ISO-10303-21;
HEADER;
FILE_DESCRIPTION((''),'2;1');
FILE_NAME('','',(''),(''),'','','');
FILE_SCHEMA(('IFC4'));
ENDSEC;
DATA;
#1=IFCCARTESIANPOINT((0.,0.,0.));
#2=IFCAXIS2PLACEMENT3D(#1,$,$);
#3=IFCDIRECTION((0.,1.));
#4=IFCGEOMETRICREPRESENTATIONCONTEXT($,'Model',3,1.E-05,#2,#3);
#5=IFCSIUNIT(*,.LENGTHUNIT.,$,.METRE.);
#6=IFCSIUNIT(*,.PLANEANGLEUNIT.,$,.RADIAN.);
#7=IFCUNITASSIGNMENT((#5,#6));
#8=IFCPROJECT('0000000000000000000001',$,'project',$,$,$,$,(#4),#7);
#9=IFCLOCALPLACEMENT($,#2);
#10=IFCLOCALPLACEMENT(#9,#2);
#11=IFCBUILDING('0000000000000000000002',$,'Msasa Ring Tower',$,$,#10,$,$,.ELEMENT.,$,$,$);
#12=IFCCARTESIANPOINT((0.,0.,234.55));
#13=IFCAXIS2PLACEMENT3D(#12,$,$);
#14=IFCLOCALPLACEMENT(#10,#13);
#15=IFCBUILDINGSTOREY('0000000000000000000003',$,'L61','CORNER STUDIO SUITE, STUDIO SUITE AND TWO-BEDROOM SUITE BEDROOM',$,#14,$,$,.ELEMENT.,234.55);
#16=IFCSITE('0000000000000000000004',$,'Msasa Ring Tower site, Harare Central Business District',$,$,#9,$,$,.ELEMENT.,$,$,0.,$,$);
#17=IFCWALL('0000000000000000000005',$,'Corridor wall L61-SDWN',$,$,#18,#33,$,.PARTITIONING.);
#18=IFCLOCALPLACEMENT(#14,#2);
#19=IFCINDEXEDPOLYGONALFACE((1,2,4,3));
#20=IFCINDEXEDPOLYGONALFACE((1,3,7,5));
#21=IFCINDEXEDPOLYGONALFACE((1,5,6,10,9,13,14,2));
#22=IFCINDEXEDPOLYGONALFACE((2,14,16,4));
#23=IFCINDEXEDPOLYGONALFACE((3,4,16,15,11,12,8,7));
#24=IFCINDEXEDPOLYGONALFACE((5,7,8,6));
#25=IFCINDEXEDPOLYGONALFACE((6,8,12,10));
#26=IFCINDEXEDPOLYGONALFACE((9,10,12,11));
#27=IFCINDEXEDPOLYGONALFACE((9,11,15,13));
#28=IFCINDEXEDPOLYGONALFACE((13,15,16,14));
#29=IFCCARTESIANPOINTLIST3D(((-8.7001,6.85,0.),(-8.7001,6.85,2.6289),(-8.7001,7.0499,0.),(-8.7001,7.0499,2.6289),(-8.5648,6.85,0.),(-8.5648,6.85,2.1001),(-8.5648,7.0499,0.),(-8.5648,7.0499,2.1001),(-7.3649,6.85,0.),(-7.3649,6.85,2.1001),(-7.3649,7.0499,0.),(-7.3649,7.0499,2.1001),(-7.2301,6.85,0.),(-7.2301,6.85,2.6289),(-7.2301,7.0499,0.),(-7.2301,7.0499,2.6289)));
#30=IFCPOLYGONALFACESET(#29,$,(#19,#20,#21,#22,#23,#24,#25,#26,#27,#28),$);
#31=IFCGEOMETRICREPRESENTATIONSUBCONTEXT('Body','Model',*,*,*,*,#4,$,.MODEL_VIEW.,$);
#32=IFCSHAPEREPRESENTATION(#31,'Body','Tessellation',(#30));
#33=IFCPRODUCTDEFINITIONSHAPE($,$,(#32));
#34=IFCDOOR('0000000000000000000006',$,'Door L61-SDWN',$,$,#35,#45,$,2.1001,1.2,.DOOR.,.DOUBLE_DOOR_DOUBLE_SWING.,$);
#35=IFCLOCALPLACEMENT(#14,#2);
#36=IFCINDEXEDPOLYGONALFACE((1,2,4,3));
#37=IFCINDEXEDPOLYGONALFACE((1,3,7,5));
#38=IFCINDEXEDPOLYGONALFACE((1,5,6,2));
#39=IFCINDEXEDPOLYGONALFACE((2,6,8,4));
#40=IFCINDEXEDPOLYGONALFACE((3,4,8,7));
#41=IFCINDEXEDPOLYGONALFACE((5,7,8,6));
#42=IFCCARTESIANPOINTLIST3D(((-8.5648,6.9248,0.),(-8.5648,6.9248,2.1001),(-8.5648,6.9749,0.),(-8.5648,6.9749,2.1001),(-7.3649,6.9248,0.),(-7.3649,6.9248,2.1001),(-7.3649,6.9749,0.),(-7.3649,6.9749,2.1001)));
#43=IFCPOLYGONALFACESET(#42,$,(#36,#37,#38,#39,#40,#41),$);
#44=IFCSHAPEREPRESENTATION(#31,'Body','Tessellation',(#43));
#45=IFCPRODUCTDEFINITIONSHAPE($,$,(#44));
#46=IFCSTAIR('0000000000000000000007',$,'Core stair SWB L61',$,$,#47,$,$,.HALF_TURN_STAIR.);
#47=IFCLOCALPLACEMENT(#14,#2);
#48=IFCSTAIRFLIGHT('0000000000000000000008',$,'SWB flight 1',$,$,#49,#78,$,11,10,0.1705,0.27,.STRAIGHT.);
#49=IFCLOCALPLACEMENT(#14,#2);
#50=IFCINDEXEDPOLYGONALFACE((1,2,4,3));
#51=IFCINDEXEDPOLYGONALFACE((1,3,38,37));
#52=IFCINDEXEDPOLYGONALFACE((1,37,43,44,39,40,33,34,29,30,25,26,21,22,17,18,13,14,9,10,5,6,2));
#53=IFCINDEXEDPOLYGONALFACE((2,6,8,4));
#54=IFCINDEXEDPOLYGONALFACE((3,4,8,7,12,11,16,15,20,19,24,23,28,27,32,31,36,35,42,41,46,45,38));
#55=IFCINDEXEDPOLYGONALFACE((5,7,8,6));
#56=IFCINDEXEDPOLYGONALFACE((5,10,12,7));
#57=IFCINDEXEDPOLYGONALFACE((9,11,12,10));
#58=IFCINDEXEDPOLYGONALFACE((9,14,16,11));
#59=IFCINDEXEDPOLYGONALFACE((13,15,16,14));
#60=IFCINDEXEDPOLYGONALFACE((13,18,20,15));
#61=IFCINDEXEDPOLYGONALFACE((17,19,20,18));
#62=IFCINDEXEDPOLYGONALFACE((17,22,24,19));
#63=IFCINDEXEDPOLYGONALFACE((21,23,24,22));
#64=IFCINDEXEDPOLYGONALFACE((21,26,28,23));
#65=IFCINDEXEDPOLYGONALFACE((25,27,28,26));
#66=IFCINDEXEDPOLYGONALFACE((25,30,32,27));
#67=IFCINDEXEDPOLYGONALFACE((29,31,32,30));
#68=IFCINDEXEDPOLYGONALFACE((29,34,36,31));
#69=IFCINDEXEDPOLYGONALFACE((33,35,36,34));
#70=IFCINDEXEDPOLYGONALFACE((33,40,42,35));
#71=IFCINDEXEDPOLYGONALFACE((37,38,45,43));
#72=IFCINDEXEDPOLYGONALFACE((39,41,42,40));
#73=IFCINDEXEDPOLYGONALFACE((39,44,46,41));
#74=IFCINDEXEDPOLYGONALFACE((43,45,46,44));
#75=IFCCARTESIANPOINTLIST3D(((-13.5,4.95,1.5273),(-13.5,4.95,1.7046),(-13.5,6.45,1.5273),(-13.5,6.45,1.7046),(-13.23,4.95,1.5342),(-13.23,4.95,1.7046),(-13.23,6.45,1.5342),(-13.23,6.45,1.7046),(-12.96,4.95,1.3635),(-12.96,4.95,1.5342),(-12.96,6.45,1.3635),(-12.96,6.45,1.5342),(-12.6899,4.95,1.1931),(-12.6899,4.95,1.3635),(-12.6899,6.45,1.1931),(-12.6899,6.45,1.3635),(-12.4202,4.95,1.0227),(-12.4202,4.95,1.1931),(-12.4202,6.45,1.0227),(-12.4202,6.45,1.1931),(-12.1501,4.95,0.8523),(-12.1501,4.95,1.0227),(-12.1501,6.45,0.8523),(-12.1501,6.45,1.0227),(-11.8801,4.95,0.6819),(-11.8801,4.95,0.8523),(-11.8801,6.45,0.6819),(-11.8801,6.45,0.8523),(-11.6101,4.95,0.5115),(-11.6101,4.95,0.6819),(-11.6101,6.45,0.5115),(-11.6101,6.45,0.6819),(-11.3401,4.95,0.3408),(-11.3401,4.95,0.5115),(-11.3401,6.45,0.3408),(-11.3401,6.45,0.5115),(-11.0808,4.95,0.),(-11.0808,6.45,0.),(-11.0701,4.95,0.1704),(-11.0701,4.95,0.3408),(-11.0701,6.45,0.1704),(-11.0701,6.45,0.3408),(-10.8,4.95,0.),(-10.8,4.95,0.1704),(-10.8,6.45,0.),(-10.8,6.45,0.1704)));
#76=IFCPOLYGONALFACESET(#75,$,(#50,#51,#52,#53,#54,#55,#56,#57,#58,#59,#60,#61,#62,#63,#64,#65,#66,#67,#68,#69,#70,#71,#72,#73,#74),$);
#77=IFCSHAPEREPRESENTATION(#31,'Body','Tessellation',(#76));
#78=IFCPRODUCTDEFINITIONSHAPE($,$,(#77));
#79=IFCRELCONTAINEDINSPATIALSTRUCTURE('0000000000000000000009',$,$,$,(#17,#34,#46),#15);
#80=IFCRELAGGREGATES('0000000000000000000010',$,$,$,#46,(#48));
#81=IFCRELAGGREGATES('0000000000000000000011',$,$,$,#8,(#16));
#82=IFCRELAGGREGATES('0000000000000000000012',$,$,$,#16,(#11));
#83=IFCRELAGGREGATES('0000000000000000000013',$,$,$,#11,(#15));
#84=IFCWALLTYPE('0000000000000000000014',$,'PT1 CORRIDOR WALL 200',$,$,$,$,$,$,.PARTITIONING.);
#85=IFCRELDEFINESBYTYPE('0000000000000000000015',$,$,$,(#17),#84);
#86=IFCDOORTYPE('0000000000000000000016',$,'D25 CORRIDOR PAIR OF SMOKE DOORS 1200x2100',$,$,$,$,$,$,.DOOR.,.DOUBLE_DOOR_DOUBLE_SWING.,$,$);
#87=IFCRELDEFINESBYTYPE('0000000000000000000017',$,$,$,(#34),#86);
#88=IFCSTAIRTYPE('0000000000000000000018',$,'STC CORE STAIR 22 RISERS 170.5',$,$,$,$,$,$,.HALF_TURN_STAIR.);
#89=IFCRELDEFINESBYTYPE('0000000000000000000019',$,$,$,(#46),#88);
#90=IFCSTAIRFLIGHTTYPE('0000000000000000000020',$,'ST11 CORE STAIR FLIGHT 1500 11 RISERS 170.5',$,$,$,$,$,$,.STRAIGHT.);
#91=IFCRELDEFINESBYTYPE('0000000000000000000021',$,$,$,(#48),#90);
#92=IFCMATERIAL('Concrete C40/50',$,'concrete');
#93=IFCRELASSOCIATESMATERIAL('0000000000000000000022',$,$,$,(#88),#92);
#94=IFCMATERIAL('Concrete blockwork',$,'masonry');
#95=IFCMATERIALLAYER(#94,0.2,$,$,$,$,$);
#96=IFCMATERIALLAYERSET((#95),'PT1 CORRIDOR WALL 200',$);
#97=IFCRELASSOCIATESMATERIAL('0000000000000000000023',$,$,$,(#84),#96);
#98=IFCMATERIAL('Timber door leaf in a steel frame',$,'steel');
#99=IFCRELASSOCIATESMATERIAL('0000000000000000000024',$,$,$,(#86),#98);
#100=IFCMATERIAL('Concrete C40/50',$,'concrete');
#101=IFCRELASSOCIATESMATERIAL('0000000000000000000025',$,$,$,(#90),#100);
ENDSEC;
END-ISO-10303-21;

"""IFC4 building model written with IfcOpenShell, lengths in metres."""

from ifc_helpers import new_model, si_unit, direction, frame, frame_2d, origin, place, context, subcontext, project, spatial, polyline, rectangle, outline, extrude, material, layer, layer_set, type_object, element, fill, aggregate, save


model = new_model("IFC4")

# Units and contexts
model_context = context("Model", 3, precision=1e-05, world=origin(), true_north=direction((0.0, 1.0)))
body_context = subcontext(model_context, "Body", "Model", "MODEL_VIEW")
ifc_project = project(units=[si_unit("LENGTHUNIT", "METRE"), si_unit("PLANEANGLEUNIT", "RADIAN")], contexts=[model_context])

# Site, building, storey
site_placement = place(None, origin())
site = spatial("IfcSite", under=ifc_project, at=site_placement, Name="Msasa Ring Tower site, Harare Central Business District", CompositionType="ELEMENT", RefElevation=0.0)
building_placement = place(site_placement, origin())
building = spatial("IfcBuilding", under=site, at=building_placement, Name="Msasa Ring Tower", CompositionType="ELEMENT")
storey_placement = place(building_placement, frame((0.0, 0.0, 234.55)))
storey = spatial("IfcBuildingStorey", under=building, at=storey_placement, Name="L61", Description="CORNER STUDIO SUITE, STUDIO SUITE AND TWO-BEDROOM SUITE BEDROOM", CompositionType="ELEMENT", Elevation=234.55)

# Shared definitions
ifc_material_1 = material(Name="Concrete C40/50", Category="concrete")
stair_type = type_object("IfcStairType", Name="STC CORE STAIR 22 RISERS 170.5", PredefinedType="HALF_TURN_STAIR", material=ifc_material_1)

# Wall, opening, door
ifc_material_2 = material(Name="Concrete blockwork", Category="masonry")
ifc_layer_1 = layer(ifc_material_2, 0.2)
ifc_layer_set_1 = layer_set([ifc_layer_1], Name="PT1 CORRIDOR WALL 200")
wall_type_1 = type_object("IfcWallType", Name="PT1 CORRIDOR WALL 200", PredefinedType="PARTITIONING", material=ifc_layer_set_1)
wall_1_placement = place(storey_placement, frame((-8.7, 6.95, 0.0), z_axis=(0.0, 0.0, 1.0), x_axis=(1.0, 0.0, 0.0)))
wall_1 = element("IfcWall", 1, at=wall_1_placement, inside=storey, type_object=wall_type_1, Name="Corridor wall L61-SDWN", PredefinedType="PARTITIONING", context=body_context, shape_type="SweptSolid", body=[
    extrude(rectangle(XDim=1.47, YDim=0.2, at=frame_2d((0.7349, 0.0))), origin(), (0.0, 0.0, 1.0), 2.6289),
])
opening_placement = place(wall_1_placement, frame((0.135, 0.0, 0.0)))
opening = element("IfcOpeningElement", 2, at=opening_placement, cuts=wall_1, PredefinedType="OPENING", context=body_context, shape_type="SweptSolid", body=[
    extrude(rectangle(XDim=1.2, YDim=2.1001, at=frame_2d((0.6001, 1.05))), frame((0.0, 0.1099, 0.0), z_axis=(0.0, -1.0, 0.0), x_axis=(1.0, 0.0, 0.0)), (0.0, 0.0, 1.0), 0.22),
])
ifc_material_3 = material(Name="Timber door leaf in a steel frame", Category="steel")
door_type = type_object("IfcDoorType", Name="D25 CORRIDOR PAIR OF SMOKE DOORS 1200x2100", OperationType="DOUBLE_DOOR_DOUBLE_SWING", PredefinedType="DOOR", material=ifc_material_3)
door_placement = place(opening_placement, origin())
door = element("IfcDoor", 3, at=door_placement, inside=storey, type_object=door_type, Name="Door L61-SDWN", OperationType="DOUBLE_DOOR_DOUBLE_SWING", OverallHeight=2.1001, OverallWidth=1.2, PredefinedType="DOOR", context=body_context, shape_type="SweptSolid", body=[
    extrude(rectangle(XDim=1.2, YDim=2.1001, at=frame_2d((0.6001, 1.05))), frame((0.0, 0.0249, 0.0), z_axis=(0.0, -1.0, 0.0), x_axis=(1.0, 0.0, 0.0)), (0.0, 0.0, 1.0), 0.05),
])
fill(opening, door)

# Stair, stair flight
stair_1_placement = place(storey_placement, origin())
stair_1 = element("IfcStair", 4, at=stair_1_placement, inside=storey, type_object=stair_type, Name="Core stair SWB L61", PredefinedType="HALF_TURN_STAIR")
ifc_material_4 = material(Name="Concrete C40/50", Category="concrete")
stair_flight_type = type_object("IfcStairFlightType", Name="ST11 CORE STAIR FLIGHT 1500 11 RISERS 170.5", PredefinedType="STRAIGHT", material=ifc_material_4)
stair_flight_placement = place(storey_placement, frame((-10.8, 5.7, 0.0), z_axis=(0.0, 0.0, 1.0), x_axis=(-1.0, 0.0, 0.0)))
stair_flight = element("IfcStairFlight", 5, at=stair_flight_placement, type_object=stair_flight_type, Name="SWB flight 1", NumberOfRisers=11, NumberOfTreads=10, PredefinedType="STRAIGHT", RiserHeight=0.1705, TreadLength=0.27, context=body_context, shape_type="SweptSolid", body=[
    extrude(outline(polyline([(0.0, 0.0), (0.0, 0.1704), (0.27, 0.1704), (0.27, 0.3408), (0.54, 0.3408), (0.54, 0.5115), (0.8101, 0.5115), (0.8101, 0.6819), (1.0801, 0.6819), (1.0801, 0.8523), (1.3501, 0.8523), (1.3501, 1.0227), (1.6201, 1.0227), (1.6201, 1.1931), (1.8899, 1.1931), (1.8899, 1.3635), (2.1599, 1.3635), (2.1599, 1.5342), (2.4299, 1.5342), (2.4299, 1.7046), (2.7, 1.7046), (2.7, 1.875), (2.7, 1.5273), (0.2808, 0.0), (0.0, 0.0)])), frame((0.0, 0.75, 0.0), z_axis=(0.0, -1.0, 0.0), x_axis=(1.0, 0.0, 0.0)), (0.0, 0.0, 1.0), 1.5),
])
aggregate(stair_1, [stair_flight])

save(model, "model.ifc")
